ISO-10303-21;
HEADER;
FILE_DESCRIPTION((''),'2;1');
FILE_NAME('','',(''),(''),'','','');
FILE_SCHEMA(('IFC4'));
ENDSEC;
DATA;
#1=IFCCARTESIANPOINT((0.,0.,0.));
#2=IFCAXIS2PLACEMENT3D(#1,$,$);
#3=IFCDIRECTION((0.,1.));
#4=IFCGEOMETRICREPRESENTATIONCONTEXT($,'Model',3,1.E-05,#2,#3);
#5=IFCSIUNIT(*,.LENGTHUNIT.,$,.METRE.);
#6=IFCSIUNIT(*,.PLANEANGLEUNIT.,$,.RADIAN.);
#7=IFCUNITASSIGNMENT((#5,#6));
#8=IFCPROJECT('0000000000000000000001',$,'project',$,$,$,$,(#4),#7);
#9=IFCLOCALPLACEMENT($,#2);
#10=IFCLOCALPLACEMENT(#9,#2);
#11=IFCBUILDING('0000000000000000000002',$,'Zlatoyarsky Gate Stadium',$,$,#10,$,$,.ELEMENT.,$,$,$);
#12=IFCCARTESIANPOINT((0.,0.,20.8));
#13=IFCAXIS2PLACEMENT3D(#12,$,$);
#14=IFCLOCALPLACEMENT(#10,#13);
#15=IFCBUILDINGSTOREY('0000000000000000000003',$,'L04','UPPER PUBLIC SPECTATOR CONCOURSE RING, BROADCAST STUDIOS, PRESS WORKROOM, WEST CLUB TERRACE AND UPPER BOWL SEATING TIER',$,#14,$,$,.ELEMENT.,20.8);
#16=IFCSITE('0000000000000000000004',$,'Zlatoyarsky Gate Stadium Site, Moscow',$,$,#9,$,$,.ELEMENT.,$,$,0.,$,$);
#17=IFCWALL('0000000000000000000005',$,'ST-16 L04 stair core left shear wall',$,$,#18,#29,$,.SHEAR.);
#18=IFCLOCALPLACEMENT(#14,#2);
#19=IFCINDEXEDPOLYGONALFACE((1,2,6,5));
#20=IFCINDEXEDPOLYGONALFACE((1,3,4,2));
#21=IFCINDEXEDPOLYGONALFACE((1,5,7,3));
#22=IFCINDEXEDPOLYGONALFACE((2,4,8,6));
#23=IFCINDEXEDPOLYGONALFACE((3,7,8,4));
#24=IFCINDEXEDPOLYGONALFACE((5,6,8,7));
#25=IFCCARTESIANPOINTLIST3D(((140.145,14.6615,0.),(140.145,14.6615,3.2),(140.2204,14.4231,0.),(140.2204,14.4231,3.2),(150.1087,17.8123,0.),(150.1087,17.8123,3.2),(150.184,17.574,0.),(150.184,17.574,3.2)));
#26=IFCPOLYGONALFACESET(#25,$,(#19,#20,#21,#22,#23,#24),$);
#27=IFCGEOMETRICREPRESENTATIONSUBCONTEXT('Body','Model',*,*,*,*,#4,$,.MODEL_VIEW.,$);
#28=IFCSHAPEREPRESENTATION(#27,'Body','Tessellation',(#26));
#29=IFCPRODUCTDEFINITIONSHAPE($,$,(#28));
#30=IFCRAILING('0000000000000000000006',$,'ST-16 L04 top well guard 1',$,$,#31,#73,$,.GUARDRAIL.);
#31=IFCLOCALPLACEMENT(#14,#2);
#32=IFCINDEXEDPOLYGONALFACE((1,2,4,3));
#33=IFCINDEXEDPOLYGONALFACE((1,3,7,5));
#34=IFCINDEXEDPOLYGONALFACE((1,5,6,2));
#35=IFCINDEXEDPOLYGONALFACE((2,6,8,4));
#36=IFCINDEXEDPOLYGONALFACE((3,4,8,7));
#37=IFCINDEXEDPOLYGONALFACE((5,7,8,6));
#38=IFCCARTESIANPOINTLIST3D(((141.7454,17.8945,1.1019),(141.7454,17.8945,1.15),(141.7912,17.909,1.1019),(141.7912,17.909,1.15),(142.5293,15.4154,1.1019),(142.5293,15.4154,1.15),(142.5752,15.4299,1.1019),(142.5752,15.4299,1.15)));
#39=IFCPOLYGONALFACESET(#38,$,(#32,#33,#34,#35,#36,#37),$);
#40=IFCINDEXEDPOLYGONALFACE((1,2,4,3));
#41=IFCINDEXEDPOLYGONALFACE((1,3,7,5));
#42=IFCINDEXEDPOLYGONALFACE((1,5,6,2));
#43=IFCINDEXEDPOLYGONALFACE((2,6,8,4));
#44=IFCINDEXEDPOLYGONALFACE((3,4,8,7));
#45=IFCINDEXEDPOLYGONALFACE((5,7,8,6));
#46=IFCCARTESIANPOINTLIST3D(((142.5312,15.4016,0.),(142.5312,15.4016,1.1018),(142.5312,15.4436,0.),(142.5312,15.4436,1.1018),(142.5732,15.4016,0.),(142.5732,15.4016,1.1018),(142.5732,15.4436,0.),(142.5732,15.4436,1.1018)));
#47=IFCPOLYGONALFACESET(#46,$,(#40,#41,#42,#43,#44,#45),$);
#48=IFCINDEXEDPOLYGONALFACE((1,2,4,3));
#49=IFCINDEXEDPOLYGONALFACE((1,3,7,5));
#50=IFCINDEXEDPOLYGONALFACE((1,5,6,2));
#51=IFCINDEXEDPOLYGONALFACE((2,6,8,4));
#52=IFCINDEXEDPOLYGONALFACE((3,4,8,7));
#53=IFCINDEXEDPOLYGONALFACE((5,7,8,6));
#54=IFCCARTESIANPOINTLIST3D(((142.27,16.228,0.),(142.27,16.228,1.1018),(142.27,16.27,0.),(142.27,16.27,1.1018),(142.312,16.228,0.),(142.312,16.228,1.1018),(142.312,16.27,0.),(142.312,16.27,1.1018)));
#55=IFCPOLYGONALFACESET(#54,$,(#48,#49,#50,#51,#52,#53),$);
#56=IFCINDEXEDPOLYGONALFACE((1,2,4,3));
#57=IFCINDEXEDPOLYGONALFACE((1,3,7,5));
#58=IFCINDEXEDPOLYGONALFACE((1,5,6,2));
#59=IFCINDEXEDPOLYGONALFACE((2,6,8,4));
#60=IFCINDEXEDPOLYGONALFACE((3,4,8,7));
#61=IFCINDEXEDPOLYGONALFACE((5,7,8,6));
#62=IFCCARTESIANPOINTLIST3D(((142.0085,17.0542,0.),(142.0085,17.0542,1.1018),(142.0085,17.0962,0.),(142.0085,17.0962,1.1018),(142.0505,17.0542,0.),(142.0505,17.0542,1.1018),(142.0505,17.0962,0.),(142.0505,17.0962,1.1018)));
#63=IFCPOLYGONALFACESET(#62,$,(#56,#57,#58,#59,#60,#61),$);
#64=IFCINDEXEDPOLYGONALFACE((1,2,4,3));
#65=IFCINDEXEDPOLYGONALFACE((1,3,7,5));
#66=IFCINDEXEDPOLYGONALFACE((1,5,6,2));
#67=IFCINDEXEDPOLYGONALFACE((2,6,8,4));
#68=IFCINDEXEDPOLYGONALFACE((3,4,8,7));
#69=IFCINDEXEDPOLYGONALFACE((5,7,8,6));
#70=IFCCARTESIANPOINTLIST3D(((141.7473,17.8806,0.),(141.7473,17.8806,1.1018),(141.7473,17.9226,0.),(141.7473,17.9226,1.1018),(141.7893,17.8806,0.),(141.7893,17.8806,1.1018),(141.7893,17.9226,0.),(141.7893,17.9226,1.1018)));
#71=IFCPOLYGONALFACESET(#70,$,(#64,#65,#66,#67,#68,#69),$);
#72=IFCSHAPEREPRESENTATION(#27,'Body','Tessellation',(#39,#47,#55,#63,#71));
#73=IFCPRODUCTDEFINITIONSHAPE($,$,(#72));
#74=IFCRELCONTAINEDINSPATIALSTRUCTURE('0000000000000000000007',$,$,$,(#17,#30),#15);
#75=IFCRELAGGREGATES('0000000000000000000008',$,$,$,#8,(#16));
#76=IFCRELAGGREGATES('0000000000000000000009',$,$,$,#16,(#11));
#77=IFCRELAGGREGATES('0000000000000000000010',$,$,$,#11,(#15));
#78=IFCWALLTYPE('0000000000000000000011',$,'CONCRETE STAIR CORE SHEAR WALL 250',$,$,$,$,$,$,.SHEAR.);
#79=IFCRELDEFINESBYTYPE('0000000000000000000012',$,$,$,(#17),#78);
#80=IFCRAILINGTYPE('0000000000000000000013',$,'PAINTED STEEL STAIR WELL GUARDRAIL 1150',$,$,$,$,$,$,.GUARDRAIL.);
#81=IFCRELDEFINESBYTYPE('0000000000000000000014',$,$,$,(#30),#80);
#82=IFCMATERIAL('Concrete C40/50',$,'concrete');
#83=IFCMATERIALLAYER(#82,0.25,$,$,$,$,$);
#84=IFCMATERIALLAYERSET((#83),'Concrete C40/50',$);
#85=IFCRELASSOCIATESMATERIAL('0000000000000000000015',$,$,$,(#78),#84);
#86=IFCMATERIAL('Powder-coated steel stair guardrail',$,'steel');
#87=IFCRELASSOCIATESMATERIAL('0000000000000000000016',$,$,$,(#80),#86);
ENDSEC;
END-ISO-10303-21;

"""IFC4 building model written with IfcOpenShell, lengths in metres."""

from ifc_helpers import new_model, si_unit, direction, frame, frame_2d, origin, origin_2d, place, context, subcontext, project, spatial, rectangle, extrude, material, layer, layer_set, type_object, element, save


model = new_model("IFC4")

# Units and contexts
model_context = context("Model", 3, precision=1e-05, world=origin(), true_north=direction((0.0, 1.0)))
body_context = subcontext(model_context, "Body", "Model", "MODEL_VIEW")
ifc_project = project(units=[si_unit("LENGTHUNIT", "METRE"), si_unit("PLANEANGLEUNIT", "RADIAN")], contexts=[model_context])

# Site, building, storey
site_placement = place(None, origin())
site = spatial("IfcSite", under=ifc_project, at=site_placement, Name="Zlatoyarsky Gate Stadium Site, Moscow", CompositionType="ELEMENT", RefElevation=0.0)
building_placement = place(site_placement, origin())
building = spatial("IfcBuilding", under=site, at=building_placement, Name="Zlatoyarsky Gate Stadium", CompositionType="ELEMENT")
storey_placement = place(building_placement, frame((0.0, 0.0, 20.8)))
storey = spatial("IfcBuildingStorey", under=building, at=storey_placement, Name="L04", Description="UPPER PUBLIC SPECTATOR CONCOURSE RING, BROADCAST STUDIOS, PRESS WORKROOM, WEST CLUB TERRACE AND UPPER BOWL SEATING TIER", CompositionType="ELEMENT", Elevation=20.8)

# Wall
ifc_material_1 = material(Name="Concrete C40/50", Category="concrete")
ifc_layer_1 = layer(ifc_material_1, 0.25)
ifc_layer_set_1 = layer_set([ifc_layer_1], Name="Concrete C40/50")
wall_type = type_object("IfcWallType", Name="CONCRETE STAIR CORE SHEAR WALL 250", PredefinedType="SHEAR", material=ifc_layer_set_1)
wall_placement = place(storey_placement, frame((140.1826, 14.5422, 0.0), z_axis=(0.0, 0.0, 1.0), x_axis=(0.95346, 0.30152, 0.0)))
element("IfcWall", 1, at=wall_placement, inside=storey, type_object=wall_type, Name="ST-16 L04 stair core left shear wall", PredefinedType="SHEAR", context=body_context, shape_type="SweptSolid", body=[
    extrude(rectangle(XDim=10.45, YDim=0.25, at=frame_2d((5.2251, 0.0))), origin(), (0.0, 0.0, 1.0), 3.2),
])

# Railing
ifc_material_2 = material(Name="Powder-coated steel stair guardrail", Category="steel")
railing_type = type_object("IfcRailingType", Name="PAINTED STEEL STAIR WELL GUARDRAIL 1150", PredefinedType="GUARDRAIL", material=ifc_material_2)
railing_placement = place(storey_placement, frame((142.5522, 15.4226, 0.0)))
element("IfcRailing", 2, at=railing_placement, inside=storey, type_object=railing_type, Name="ST-16 L04 top well guard 1", PredefinedType="GUARDRAIL", context=body_context, shape_type="SweptSolid", body=[
    extrude(rectangle(XDim=0.0481, YDim=0.0481, at=origin_2d()), frame((0.0, 0.0, 1.126), z_axis=(-0.301513, 0.953462, 0.0), x_axis=(-0.953462, -0.301513, 0.0)), (0.0, 0.0, 1.0), 2.6001),
    extrude(rectangle(XDim=0.042, YDim=0.042, at=origin_2d()), origin(), (0.0, 0.0, 1.0), 1.1018),
    extrude(rectangle(XDim=0.042, YDim=0.042, at=origin_2d()), frame((-0.2612, 0.8264, 0.0)), (0.0, 0.0, 1.0), 1.1018),
    extrude(rectangle(XDim=0.042, YDim=0.042, at=origin_2d()), frame((-0.5227, 1.6526, 0.0)), (0.0, 0.0, 1.0), 1.1018),
    extrude(rectangle(XDim=0.042, YDim=0.042, at=origin_2d()), frame((-0.7839, 2.479, 0.0)), (0.0, 0.0, 1.0), 1.1018),
])

save(model, "model.ifc")
